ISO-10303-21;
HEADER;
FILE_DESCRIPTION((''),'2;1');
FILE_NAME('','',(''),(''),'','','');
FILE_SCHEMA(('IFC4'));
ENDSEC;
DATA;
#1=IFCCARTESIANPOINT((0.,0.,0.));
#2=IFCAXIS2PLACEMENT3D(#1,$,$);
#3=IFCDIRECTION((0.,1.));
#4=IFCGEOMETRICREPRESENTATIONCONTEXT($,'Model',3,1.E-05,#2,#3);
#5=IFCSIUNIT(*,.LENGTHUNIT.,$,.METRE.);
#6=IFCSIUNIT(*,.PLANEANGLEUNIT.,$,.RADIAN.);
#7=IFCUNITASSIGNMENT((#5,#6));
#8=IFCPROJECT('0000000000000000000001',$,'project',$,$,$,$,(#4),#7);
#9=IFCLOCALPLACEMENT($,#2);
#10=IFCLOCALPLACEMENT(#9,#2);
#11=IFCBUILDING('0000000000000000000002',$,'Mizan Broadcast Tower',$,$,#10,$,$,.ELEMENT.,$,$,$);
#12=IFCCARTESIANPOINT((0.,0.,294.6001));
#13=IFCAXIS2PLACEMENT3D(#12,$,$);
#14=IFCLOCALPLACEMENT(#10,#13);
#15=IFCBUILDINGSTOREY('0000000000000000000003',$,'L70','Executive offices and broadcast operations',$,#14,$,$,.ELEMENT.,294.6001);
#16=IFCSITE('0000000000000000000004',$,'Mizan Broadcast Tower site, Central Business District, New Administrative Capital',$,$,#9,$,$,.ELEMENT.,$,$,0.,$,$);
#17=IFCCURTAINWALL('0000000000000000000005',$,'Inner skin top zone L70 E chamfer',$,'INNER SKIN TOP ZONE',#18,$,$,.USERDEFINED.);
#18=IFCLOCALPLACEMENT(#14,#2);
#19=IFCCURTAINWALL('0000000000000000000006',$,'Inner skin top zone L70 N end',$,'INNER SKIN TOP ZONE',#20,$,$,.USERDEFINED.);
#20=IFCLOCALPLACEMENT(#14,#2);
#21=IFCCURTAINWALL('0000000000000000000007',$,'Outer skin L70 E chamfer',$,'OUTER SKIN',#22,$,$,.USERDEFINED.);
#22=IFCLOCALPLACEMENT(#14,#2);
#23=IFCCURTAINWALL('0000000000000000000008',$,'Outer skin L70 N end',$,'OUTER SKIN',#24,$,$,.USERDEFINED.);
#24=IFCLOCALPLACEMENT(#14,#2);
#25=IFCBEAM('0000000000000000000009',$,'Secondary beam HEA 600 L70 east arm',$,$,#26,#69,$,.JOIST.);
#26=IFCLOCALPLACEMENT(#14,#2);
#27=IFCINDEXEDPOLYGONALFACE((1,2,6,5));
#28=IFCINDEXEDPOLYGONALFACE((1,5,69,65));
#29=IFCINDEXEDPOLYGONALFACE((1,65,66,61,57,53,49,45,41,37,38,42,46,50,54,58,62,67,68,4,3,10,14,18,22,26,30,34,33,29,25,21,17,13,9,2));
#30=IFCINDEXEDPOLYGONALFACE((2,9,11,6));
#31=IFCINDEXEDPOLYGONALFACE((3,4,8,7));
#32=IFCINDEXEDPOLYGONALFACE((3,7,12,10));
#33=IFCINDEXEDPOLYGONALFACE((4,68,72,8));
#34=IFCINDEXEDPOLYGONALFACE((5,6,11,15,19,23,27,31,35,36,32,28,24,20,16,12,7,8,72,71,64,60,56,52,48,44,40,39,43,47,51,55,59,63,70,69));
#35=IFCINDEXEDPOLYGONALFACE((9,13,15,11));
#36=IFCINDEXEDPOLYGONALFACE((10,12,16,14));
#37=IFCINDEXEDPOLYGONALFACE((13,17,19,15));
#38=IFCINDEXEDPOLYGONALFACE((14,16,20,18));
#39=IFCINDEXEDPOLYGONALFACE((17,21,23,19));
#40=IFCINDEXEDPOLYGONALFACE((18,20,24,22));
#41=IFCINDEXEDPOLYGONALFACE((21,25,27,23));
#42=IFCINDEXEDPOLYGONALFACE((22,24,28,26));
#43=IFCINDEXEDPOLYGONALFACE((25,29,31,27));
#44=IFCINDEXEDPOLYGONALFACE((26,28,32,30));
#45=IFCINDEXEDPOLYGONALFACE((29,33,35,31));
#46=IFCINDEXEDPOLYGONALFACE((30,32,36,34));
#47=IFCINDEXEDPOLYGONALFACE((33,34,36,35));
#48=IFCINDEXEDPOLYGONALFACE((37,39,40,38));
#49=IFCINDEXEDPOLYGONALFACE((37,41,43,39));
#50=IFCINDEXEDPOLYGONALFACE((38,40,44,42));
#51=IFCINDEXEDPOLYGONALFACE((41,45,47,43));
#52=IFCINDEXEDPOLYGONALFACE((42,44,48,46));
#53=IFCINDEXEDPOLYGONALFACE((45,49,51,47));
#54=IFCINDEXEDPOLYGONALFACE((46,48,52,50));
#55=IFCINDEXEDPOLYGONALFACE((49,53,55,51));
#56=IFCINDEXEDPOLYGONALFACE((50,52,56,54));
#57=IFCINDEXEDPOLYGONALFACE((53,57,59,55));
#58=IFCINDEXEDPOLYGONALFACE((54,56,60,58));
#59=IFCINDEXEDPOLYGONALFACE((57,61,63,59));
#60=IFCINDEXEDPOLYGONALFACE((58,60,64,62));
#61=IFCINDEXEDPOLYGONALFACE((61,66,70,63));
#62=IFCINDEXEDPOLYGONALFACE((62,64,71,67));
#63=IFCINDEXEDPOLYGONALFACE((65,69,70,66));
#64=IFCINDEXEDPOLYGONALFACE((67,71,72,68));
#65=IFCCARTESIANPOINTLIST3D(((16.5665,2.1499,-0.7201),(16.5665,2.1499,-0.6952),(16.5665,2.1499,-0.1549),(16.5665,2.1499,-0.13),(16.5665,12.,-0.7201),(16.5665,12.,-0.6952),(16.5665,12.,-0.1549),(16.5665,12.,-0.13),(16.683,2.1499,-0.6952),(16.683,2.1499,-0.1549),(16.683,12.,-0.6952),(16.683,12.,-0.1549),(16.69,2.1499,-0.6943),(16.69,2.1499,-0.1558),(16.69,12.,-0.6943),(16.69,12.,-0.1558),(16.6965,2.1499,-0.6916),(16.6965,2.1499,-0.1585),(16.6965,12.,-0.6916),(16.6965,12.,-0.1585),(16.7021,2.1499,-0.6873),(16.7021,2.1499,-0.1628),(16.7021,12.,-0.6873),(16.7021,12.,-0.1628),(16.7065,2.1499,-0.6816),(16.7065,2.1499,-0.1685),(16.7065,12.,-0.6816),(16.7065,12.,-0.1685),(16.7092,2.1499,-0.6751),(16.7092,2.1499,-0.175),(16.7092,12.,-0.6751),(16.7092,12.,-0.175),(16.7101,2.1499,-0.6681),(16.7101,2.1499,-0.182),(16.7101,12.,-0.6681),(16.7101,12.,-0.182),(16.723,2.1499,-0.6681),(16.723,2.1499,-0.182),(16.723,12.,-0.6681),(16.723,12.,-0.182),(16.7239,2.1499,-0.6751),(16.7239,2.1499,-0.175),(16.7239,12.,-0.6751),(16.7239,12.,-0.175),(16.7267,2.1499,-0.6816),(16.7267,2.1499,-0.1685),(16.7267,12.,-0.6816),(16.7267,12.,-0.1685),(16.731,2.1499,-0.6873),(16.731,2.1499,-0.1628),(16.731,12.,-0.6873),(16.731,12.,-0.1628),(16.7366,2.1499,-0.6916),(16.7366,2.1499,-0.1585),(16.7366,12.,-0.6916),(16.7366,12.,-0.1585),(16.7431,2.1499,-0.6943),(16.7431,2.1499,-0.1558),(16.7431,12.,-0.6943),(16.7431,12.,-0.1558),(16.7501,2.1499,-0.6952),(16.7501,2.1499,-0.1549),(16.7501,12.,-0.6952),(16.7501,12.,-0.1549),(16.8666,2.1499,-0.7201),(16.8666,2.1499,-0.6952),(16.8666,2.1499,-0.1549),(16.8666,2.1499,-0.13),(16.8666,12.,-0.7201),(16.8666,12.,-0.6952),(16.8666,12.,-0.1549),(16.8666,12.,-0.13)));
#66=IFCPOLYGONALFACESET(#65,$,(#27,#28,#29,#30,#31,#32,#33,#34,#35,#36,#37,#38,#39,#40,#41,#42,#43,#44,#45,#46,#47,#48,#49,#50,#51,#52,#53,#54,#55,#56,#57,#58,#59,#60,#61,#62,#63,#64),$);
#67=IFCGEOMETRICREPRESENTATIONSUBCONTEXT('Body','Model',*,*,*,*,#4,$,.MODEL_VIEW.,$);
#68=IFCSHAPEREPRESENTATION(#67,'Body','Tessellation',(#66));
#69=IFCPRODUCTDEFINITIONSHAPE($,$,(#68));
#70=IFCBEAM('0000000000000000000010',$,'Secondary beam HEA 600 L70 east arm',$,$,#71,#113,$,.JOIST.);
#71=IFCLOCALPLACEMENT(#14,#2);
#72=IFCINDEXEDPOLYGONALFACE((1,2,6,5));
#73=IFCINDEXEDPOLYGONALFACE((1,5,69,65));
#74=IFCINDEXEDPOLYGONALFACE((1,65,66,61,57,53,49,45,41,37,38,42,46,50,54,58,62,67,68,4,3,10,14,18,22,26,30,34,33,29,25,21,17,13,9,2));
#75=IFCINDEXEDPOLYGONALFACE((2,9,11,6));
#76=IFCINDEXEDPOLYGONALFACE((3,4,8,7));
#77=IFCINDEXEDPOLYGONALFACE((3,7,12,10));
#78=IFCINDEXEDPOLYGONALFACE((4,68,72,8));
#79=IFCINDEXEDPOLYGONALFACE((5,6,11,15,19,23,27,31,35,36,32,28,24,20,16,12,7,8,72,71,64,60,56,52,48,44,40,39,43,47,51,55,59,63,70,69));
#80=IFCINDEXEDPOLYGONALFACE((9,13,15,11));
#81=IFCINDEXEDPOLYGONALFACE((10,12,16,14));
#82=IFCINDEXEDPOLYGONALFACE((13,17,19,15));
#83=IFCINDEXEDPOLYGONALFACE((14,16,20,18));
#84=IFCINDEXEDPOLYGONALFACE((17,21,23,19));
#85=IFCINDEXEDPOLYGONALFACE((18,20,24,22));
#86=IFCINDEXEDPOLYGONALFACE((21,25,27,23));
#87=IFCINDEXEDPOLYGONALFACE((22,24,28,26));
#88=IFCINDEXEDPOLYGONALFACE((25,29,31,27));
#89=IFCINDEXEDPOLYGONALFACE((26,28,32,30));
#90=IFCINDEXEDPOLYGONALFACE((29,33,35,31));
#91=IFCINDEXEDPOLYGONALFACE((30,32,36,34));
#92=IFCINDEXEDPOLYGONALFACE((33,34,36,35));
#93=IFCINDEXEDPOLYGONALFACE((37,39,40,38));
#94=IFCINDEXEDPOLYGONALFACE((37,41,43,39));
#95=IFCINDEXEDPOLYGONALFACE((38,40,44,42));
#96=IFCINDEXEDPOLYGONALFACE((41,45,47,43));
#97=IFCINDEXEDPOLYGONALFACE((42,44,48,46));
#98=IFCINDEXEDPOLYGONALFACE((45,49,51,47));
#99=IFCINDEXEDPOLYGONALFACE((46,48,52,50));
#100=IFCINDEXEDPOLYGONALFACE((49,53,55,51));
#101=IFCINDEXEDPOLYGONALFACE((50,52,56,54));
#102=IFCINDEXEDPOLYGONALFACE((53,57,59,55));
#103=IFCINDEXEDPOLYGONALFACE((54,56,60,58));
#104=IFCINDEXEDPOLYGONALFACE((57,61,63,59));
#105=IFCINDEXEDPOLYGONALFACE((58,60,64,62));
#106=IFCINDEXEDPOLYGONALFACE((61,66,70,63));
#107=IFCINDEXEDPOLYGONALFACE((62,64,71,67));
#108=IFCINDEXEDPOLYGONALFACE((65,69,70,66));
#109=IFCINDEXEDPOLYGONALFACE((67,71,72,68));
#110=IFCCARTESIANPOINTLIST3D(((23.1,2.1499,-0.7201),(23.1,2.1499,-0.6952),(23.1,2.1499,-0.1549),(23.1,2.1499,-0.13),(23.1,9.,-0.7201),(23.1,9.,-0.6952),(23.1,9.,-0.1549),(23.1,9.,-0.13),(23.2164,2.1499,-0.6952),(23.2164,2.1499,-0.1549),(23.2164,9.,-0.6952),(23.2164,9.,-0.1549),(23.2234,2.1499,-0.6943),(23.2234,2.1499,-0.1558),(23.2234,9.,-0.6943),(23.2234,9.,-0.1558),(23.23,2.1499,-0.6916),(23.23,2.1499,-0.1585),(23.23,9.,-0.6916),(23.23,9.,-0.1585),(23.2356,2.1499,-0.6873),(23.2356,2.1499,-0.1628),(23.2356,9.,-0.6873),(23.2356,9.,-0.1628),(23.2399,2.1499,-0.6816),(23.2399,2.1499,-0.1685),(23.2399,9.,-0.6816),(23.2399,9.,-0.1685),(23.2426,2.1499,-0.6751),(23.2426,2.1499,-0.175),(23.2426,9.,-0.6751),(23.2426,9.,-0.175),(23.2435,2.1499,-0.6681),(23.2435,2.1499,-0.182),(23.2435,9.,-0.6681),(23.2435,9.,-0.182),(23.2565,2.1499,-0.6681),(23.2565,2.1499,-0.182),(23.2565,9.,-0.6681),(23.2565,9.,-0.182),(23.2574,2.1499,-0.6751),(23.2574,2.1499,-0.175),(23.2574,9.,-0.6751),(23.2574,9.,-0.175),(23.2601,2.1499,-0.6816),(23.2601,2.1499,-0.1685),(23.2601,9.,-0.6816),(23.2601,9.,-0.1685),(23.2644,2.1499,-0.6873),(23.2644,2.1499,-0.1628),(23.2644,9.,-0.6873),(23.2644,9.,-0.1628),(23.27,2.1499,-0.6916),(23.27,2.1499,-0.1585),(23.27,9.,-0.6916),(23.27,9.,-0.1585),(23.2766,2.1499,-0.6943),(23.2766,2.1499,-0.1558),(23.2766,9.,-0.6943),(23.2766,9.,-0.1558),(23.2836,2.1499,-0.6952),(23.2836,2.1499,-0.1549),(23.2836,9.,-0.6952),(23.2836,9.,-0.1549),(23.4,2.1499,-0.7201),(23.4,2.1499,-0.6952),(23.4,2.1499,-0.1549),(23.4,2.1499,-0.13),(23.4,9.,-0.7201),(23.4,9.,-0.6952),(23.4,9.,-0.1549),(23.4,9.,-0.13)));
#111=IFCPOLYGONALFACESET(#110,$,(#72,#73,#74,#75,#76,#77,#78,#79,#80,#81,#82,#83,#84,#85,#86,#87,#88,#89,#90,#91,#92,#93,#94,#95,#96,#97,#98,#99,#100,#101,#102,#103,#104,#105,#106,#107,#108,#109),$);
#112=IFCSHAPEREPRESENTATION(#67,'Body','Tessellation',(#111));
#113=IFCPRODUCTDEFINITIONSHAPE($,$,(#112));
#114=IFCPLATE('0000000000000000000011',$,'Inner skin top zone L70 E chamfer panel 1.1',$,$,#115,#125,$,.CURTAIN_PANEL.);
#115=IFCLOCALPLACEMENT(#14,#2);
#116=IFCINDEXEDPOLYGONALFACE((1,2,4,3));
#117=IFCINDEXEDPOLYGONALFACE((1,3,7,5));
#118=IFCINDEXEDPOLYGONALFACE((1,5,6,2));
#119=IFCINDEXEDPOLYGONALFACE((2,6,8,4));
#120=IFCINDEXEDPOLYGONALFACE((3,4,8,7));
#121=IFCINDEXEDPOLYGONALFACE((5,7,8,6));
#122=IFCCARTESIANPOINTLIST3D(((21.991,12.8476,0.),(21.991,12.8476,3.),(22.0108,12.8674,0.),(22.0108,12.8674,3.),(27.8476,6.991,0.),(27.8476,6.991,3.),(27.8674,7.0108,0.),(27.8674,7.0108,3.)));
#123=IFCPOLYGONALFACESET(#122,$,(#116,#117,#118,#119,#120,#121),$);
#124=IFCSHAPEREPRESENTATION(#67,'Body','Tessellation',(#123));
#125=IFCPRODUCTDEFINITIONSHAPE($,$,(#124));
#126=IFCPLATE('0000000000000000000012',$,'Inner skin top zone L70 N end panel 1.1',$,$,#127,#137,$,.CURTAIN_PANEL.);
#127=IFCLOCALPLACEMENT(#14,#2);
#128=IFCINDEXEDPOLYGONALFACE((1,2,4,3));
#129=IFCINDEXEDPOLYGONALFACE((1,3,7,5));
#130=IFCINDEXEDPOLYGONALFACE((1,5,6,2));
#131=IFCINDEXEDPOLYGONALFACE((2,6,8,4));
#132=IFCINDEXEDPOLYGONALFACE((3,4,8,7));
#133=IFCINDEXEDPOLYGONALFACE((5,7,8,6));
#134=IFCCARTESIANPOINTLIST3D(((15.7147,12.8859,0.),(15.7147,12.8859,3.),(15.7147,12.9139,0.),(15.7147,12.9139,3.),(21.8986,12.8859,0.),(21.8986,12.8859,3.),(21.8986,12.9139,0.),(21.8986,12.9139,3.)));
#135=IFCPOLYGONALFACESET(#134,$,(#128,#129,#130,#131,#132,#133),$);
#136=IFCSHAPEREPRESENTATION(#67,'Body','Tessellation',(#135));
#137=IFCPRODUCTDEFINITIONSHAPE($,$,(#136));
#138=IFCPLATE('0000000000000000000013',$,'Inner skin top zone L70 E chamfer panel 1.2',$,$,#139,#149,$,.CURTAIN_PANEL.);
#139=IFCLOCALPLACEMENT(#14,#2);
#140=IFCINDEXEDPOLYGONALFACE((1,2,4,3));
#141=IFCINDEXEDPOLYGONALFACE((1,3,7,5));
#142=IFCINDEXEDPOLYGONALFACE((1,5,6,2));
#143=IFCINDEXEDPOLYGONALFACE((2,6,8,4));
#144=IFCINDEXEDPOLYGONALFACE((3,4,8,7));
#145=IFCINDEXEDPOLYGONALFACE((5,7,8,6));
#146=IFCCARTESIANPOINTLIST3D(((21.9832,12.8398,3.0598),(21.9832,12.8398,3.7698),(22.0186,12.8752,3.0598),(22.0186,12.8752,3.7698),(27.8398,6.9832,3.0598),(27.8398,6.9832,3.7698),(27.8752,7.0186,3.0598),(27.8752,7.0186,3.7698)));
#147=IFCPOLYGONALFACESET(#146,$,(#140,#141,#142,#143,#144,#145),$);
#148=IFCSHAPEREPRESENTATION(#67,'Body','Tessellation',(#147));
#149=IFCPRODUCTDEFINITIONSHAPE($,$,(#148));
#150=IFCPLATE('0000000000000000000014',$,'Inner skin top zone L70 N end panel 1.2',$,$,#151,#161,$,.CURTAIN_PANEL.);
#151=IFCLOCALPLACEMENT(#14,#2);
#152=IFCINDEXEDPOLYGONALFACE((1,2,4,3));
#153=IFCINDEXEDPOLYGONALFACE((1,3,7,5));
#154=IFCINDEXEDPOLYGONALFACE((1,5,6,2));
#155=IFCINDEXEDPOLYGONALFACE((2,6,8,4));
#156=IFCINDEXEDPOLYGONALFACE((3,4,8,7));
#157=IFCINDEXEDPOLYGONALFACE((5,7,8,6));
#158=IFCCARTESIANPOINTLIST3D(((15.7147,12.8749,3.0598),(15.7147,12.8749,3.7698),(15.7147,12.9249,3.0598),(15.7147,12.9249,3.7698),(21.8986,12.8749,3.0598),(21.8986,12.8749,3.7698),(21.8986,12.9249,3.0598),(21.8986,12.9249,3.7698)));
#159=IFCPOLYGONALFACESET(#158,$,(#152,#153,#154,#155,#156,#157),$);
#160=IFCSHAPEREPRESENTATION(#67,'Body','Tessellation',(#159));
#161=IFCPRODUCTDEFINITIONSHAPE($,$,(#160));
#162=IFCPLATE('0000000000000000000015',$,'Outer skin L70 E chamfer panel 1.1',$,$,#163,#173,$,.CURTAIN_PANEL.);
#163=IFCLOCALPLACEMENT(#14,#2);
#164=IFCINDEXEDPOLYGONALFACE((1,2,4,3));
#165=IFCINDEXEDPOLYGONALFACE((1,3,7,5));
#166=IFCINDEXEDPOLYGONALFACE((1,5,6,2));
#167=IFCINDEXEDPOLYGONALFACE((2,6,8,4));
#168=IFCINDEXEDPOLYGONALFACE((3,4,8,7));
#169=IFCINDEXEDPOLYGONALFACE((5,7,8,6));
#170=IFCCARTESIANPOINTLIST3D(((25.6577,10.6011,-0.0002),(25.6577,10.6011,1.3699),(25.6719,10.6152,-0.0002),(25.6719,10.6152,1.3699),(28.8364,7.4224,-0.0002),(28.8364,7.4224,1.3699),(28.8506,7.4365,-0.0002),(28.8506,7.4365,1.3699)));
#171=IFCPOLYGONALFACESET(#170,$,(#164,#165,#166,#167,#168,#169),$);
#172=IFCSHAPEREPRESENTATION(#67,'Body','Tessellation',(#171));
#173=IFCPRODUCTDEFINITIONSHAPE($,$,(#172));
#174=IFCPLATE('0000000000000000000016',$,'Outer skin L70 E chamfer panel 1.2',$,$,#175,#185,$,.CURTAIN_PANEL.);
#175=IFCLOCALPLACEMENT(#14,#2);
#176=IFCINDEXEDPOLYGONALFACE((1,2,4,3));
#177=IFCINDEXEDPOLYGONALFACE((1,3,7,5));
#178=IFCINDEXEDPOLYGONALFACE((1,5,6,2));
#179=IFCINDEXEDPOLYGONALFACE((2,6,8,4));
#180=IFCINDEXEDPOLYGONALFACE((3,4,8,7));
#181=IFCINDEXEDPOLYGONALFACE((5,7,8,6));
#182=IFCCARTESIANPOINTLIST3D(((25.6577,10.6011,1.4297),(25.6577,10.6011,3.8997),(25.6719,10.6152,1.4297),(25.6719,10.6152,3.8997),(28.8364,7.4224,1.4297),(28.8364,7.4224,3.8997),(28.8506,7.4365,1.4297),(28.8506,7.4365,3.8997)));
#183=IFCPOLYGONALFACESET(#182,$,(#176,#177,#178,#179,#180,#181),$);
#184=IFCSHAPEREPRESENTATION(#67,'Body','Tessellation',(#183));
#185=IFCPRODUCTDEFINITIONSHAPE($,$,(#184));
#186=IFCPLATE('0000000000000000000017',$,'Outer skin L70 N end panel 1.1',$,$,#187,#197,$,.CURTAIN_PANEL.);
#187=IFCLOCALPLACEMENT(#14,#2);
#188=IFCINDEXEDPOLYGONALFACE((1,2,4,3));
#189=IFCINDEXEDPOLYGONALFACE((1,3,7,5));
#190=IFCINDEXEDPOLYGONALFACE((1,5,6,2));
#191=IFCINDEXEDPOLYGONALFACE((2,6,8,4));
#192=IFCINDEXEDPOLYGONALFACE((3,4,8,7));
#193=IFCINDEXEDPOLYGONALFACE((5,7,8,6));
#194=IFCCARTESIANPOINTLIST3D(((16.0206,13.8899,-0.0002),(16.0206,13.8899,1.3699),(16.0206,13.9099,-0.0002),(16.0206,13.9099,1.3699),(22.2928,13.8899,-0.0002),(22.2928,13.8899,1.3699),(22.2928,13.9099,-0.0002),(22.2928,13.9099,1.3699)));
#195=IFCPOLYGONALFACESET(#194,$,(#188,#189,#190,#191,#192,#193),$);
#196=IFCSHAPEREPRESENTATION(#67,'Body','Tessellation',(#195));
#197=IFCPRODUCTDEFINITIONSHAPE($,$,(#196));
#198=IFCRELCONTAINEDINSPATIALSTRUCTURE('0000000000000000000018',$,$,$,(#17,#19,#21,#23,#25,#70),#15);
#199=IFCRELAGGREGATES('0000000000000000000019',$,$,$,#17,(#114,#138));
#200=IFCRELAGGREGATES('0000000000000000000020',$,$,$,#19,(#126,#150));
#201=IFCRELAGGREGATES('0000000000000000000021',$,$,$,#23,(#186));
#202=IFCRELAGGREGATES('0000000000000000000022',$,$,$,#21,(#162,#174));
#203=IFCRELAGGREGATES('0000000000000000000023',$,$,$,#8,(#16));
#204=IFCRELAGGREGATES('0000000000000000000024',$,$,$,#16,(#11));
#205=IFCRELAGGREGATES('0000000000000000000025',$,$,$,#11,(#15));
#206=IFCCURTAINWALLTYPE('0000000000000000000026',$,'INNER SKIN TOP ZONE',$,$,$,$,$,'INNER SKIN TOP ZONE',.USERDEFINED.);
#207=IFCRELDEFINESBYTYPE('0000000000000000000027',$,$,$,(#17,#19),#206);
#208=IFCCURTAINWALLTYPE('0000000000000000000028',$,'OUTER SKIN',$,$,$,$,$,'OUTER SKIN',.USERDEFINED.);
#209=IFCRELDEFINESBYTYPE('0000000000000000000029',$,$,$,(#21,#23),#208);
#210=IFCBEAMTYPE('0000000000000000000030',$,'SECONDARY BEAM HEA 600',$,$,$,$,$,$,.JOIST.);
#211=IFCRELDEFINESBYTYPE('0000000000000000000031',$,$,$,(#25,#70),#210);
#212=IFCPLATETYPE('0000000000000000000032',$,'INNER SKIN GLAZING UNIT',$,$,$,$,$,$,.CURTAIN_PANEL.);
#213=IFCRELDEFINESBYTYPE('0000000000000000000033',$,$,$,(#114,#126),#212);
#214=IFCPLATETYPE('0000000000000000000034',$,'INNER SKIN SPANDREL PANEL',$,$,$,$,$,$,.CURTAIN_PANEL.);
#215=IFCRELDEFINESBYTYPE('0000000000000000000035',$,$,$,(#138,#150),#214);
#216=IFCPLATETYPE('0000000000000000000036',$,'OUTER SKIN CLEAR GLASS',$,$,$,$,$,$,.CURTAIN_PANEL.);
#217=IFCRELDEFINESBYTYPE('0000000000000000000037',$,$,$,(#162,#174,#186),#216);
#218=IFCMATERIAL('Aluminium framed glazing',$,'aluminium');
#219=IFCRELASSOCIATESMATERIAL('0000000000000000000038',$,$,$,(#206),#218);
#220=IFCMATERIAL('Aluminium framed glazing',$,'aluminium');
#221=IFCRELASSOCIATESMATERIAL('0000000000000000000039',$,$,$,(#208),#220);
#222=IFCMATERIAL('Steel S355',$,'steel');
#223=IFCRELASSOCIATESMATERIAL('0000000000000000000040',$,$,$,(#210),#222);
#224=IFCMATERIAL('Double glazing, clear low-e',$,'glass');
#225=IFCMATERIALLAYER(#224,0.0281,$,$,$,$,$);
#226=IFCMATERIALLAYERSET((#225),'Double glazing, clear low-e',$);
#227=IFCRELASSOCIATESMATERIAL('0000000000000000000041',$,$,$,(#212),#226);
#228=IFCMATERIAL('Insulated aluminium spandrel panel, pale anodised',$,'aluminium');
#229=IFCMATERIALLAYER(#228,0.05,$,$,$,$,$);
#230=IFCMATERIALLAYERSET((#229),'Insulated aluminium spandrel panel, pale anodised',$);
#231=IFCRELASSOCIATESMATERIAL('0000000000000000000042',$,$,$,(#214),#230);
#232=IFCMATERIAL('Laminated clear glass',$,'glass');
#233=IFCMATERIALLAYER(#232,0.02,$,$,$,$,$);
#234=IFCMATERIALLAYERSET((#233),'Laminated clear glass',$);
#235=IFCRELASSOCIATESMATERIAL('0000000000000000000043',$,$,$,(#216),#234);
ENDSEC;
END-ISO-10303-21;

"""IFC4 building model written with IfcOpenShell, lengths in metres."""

from ifc_helpers import new_model, si_unit, direction, frame, origin, origin_2d, place, context, subcontext, project, spatial, rectangle, i_section, extrude, material, layer, layer_set, material_profile, profile_set, type_object, element, aggregate, save


model = new_model("IFC4")

# Units and contexts
model_context = context("Model", 3, precision=1e-05, world=origin(), true_north=direction((0.0, 1.0)))
body_context = subcontext(model_context, "Body", "Model", "MODEL_VIEW")
ifc_project = project(units=[si_unit("LENGTHUNIT", "METRE"), si_unit("PLANEANGLEUNIT", "RADIAN")], contexts=[model_context])

# Site, building, storey
site_placement = place(None, origin())
site = spatial("IfcSite", under=ifc_project, at=site_placement, Name="Mizan Broadcast Tower site, Central Business District, New Administrative Capital", CompositionType="ELEMENT", RefElevation=0.0)
building_placement = place(site_placement, origin())
building = spatial("IfcBuilding", under=site, at=building_placement, Name="Mizan Broadcast Tower", CompositionType="ELEMENT")
storey_placement = place(building_placement, frame((0.0, 0.0, 294.6001)))
storey = spatial("IfcBuildingStorey", under=building, at=storey_placement, Name="L70", Description="Executive offices and broadcast operations", CompositionType="ELEMENT", Elevation=294.6001)

# Curtain wall
ifc_material_1 = material(Name="Aluminium framed glazing", Category="aluminium")
curtain_wall_type_1 = type_object("IfcCurtainWallType", Name="INNER SKIN TOP ZONE", ElementType="INNER SKIN TOP ZONE", PredefinedType="USERDEFINED", material=ifc_material_1)
curtain_wall_1_placement = place(storey_placement, origin())
curtain_wall_1 = element("IfcCurtainWall", 1, at=curtain_wall_1_placement, inside=storey, type_object=curtain_wall_type_1, Name="Inner skin top zone L70 E chamfer", ObjectType="INNER SKIN TOP ZONE", PredefinedType="USERDEFINED")

# Curtain walls
curtain_wall_2_placement = place(storey_placement, origin())
curtain_wall_2 = element("IfcCurtainWall", 2, at=curtain_wall_2_placement, inside=storey, type_object=curtain_wall_type_1, Name="Inner skin top zone L70 N end", ObjectType="INNER SKIN TOP ZONE", PredefinedType="USERDEFINED")
ifc_material_2 = material(Name="Aluminium framed glazing", Category="aluminium")
curtain_wall_type_2 = type_object("IfcCurtainWallType", Name="OUTER SKIN", ElementType="OUTER SKIN", PredefinedType="USERDEFINED", material=ifc_material_2)
curtain_wall_3_placement = place(storey_placement, origin())
curtain_wall_3 = element("IfcCurtainWall", 3, at=curtain_wall_3_placement, inside=storey, type_object=curtain_wall_type_2, Name="Outer skin L70 E chamfer", ObjectType="OUTER SKIN", PredefinedType="USERDEFINED")

# Curtain wall
curtain_wall_4_placement = place(storey_placement, origin())
curtain_wall_4 = element("IfcCurtainWall", 4, at=curtain_wall_4_placement, inside=storey, type_object=curtain_wall_type_2, Name="Outer skin L70 N end", ObjectType="OUTER SKIN", PredefinedType="USERDEFINED")

# Beams
ifc_material_3 = material(Name="Steel S355", Category="steel")
ifc_material_profile_1 = material_profile(ifc_material_3, i_section(OverallWidth=0.3, OverallDepth=0.5901, WebThickness=0.0129, FlangeThickness=0.0249, FilletRadius=0.0271, at=origin_2d()), Name="HEA 600")
ifc_profile_set_1 = profile_set([ifc_material_profile_1], Name="Steel S355")
beam_type_1 = type_object("IfcBeamType", Name="SECONDARY BEAM HEA 600", PredefinedType="JOIST", material=ifc_profile_set_1)
beam_1_placement = place(storey_placement, frame((16.7166, 12.0, -0.425), z_axis=(0.0, -1.0, 0.0), x_axis=(1.0, 0.0, 0.0)))
element("IfcBeam", 5, at=beam_1_placement, inside=storey, type_object=beam_type_1, Name="Secondary beam HEA 600 L70 east arm", PredefinedType="JOIST", context=body_context, shape_type="SweptSolid", body=[
    extrude(i_section(OverallWidth=0.3, OverallDepth=0.5901, WebThickness=0.0129, FlangeThickness=0.0249, FilletRadius=0.0271, at=origin_2d()), origin(), (0.0, 0.0, 1.0), 9.8501),
])
beam_2_placement = place(storey_placement, frame((23.25, 9.0, -0.425), z_axis=(0.0, -1.0, 0.0), x_axis=(1.0, 0.0, 0.0)))
element("IfcBeam", 6, at=beam_2_placement, inside=storey, type_object=beam_type_1, Name="Secondary beam HEA 600 L70 east arm", PredefinedType="JOIST", context=body_context, shape_type="SweptSolid", body=[
    extrude(i_section(OverallWidth=0.3, OverallDepth=0.5901, WebThickness=0.0129, FlangeThickness=0.0249, FilletRadius=0.0271, at=origin_2d()), origin(), (0.0, 0.0, 1.0), 6.8501),
])

# Plates
ifc_material_4 = material(Name="Double glazing, clear low-e", Category="glass")
ifc_layer_1 = layer(ifc_material_4, 0.0281)
ifc_layer_set_1 = layer_set([ifc_layer_1], Name="Double glazing, clear low-e")
plate_type_1 = type_object("IfcPlateType", Name="INNER SKIN GLAZING UNIT", PredefinedType="CURTAIN_PANEL", material=ifc_layer_set_1)
plate_1_placement = place(storey_placement, frame((24.9292, 9.9292, 0.0), z_axis=(0.0, 0.0, 1.0), x_axis=(-0.707107, 0.707107, 0.0)))
plate_1 = element("IfcPlate", 7, at=plate_1_placement, type_object=plate_type_1, Name="Inner skin top zone L70 E chamfer panel 1.1", PredefinedType="CURTAIN_PANEL", context=body_context, shape_type="SweptSolid", body=[
    extrude(rectangle(XDim=8.2825, YDim=0.0281, at=origin_2d()), origin(), (0.0, 0.0, 1.0), 3.0),
])
plate_2_placement = place(storey_placement, frame((18.8066, 12.8999, 0.0), z_axis=(0.0, 0.0, 1.0), x_axis=(-1.0, 0.0, 0.0)))
plate_2 = element("IfcPlate", 8, at=plate_2_placement, type_object=plate_type_1, Name="Inner skin top zone L70 N end panel 1.1", PredefinedType="CURTAIN_PANEL", context=body_context, shape_type="SweptSolid", body=[
    extrude(rectangle(XDim=6.1838, YDim=0.0281, at=origin_2d()), origin(), (0.0, 0.0, 1.0), 3.0),
])
ifc_material_5 = material(Name="Insulated aluminium spandrel panel, pale anodised", Category="aluminium")
ifc_layer_2 = layer(ifc_material_5, 0.05)
ifc_layer_set_2 = layer_set([ifc_layer_2], Name="Insulated aluminium spandrel panel, pale anodised")
plate_type_2 = type_object("IfcPlateType", Name="INNER SKIN SPANDREL PANEL", PredefinedType="CURTAIN_PANEL", material=ifc_layer_set_2)
plate_3_placement = place(storey_placement, frame((24.9292, 9.9292, 3.0598), z_axis=(0.0, 0.0, 1.0), x_axis=(-0.707107, 0.707107, 0.0)))
plate_3 = element("IfcPlate", 9, at=plate_3_placement, type_object=plate_type_2, Name="Inner skin top zone L70 E chamfer panel 1.2", PredefinedType="CURTAIN_PANEL", context=body_context, shape_type="SweptSolid", body=[
    extrude(rectangle(XDim=8.2825, YDim=0.05, at=origin_2d()), origin(), (0.0, 0.0, 1.0), 0.71),
])
aggregate(curtain_wall_1, [plate_1, plate_3])
plate_4_placement = place(storey_placement, frame((18.8066, 12.8999, 3.0598), z_axis=(0.0, 0.0, 1.0), x_axis=(-1.0, 0.0, 0.0)))
plate_4 = element("IfcPlate", 10, at=plate_4_placement, type_object=plate_type_2, Name="Inner skin top zone L70 N end panel 1.2", PredefinedType="CURTAIN_PANEL", context=body_context, shape_type="SweptSolid", body=[
    extrude(rectangle(XDim=6.1838, YDim=0.05, at=origin_2d()), origin(), (0.0, 0.0, 1.0), 0.71),
])
aggregate(curtain_wall_2, [plate_2, plate_4])
ifc_material_6 = material(Name="Laminated clear glass", Category="glass")
ifc_layer_3 = layer(ifc_material_6, 0.02)
ifc_layer_set_3 = layer_set([ifc_layer_3], Name="Laminated clear glass")
plate_type_3 = type_object("IfcPlateType", Name="OUTER SKIN CLEAR GLASS", PredefinedType="CURTAIN_PANEL", material=ifc_layer_set_3)
plate_5_placement = place(storey_placement, frame((27.2542, 9.0188, -0.0002), z_axis=(0.0, 0.0, 1.0), x_axis=(-0.707107, 0.707107, 0.0)))
plate_5 = element("IfcPlate", 11, at=plate_5_placement, type_object=plate_type_3, Name="Outer skin L70 E chamfer panel 1.1", PredefinedType="CURTAIN_PANEL", context=body_context, shape_type="SweptSolid", body=[
    extrude(rectangle(XDim=4.4954, YDim=0.02, at=origin_2d()), origin(), (0.0, 0.0, 1.0), 1.3701),
])
plate_6_placement = place(storey_placement, frame((27.2542, 9.0188, 1.4297), z_axis=(0.0, 0.0, 1.0), x_axis=(-0.707107, 0.707107, 0.0)))
plate_6 = element("IfcPlate", 12, at=plate_6_placement, type_object=plate_type_3, Name="Outer skin L70 E chamfer panel 1.2", PredefinedType="CURTAIN_PANEL", context=body_context, shape_type="SweptSolid", body=[
    extrude(rectangle(XDim=4.4954, YDim=0.02, at=origin_2d()), origin(), (0.0, 0.0, 1.0), 2.47),
])
plate_7_placement = place(storey_placement, frame((19.1567, 13.8999, -0.0002), z_axis=(0.0, 0.0, 1.0), x_axis=(-1.0, 0.0, 0.0)))
plate_7 = element("IfcPlate", 13, at=plate_7_placement, type_object=plate_type_3, Name="Outer skin L70 N end panel 1.1", PredefinedType="CURTAIN_PANEL", context=body_context, shape_type="SweptSolid", body=[
    extrude(rectangle(XDim=6.2722, YDim=0.02, at=origin_2d()), origin(), (0.0, 0.0, 1.0), 1.3701),
])
aggregate(curtain_wall_4, [plate_7])
aggregate(curtain_wall_3, [plate_5, plate_6])

save(model, "model.ifc")
